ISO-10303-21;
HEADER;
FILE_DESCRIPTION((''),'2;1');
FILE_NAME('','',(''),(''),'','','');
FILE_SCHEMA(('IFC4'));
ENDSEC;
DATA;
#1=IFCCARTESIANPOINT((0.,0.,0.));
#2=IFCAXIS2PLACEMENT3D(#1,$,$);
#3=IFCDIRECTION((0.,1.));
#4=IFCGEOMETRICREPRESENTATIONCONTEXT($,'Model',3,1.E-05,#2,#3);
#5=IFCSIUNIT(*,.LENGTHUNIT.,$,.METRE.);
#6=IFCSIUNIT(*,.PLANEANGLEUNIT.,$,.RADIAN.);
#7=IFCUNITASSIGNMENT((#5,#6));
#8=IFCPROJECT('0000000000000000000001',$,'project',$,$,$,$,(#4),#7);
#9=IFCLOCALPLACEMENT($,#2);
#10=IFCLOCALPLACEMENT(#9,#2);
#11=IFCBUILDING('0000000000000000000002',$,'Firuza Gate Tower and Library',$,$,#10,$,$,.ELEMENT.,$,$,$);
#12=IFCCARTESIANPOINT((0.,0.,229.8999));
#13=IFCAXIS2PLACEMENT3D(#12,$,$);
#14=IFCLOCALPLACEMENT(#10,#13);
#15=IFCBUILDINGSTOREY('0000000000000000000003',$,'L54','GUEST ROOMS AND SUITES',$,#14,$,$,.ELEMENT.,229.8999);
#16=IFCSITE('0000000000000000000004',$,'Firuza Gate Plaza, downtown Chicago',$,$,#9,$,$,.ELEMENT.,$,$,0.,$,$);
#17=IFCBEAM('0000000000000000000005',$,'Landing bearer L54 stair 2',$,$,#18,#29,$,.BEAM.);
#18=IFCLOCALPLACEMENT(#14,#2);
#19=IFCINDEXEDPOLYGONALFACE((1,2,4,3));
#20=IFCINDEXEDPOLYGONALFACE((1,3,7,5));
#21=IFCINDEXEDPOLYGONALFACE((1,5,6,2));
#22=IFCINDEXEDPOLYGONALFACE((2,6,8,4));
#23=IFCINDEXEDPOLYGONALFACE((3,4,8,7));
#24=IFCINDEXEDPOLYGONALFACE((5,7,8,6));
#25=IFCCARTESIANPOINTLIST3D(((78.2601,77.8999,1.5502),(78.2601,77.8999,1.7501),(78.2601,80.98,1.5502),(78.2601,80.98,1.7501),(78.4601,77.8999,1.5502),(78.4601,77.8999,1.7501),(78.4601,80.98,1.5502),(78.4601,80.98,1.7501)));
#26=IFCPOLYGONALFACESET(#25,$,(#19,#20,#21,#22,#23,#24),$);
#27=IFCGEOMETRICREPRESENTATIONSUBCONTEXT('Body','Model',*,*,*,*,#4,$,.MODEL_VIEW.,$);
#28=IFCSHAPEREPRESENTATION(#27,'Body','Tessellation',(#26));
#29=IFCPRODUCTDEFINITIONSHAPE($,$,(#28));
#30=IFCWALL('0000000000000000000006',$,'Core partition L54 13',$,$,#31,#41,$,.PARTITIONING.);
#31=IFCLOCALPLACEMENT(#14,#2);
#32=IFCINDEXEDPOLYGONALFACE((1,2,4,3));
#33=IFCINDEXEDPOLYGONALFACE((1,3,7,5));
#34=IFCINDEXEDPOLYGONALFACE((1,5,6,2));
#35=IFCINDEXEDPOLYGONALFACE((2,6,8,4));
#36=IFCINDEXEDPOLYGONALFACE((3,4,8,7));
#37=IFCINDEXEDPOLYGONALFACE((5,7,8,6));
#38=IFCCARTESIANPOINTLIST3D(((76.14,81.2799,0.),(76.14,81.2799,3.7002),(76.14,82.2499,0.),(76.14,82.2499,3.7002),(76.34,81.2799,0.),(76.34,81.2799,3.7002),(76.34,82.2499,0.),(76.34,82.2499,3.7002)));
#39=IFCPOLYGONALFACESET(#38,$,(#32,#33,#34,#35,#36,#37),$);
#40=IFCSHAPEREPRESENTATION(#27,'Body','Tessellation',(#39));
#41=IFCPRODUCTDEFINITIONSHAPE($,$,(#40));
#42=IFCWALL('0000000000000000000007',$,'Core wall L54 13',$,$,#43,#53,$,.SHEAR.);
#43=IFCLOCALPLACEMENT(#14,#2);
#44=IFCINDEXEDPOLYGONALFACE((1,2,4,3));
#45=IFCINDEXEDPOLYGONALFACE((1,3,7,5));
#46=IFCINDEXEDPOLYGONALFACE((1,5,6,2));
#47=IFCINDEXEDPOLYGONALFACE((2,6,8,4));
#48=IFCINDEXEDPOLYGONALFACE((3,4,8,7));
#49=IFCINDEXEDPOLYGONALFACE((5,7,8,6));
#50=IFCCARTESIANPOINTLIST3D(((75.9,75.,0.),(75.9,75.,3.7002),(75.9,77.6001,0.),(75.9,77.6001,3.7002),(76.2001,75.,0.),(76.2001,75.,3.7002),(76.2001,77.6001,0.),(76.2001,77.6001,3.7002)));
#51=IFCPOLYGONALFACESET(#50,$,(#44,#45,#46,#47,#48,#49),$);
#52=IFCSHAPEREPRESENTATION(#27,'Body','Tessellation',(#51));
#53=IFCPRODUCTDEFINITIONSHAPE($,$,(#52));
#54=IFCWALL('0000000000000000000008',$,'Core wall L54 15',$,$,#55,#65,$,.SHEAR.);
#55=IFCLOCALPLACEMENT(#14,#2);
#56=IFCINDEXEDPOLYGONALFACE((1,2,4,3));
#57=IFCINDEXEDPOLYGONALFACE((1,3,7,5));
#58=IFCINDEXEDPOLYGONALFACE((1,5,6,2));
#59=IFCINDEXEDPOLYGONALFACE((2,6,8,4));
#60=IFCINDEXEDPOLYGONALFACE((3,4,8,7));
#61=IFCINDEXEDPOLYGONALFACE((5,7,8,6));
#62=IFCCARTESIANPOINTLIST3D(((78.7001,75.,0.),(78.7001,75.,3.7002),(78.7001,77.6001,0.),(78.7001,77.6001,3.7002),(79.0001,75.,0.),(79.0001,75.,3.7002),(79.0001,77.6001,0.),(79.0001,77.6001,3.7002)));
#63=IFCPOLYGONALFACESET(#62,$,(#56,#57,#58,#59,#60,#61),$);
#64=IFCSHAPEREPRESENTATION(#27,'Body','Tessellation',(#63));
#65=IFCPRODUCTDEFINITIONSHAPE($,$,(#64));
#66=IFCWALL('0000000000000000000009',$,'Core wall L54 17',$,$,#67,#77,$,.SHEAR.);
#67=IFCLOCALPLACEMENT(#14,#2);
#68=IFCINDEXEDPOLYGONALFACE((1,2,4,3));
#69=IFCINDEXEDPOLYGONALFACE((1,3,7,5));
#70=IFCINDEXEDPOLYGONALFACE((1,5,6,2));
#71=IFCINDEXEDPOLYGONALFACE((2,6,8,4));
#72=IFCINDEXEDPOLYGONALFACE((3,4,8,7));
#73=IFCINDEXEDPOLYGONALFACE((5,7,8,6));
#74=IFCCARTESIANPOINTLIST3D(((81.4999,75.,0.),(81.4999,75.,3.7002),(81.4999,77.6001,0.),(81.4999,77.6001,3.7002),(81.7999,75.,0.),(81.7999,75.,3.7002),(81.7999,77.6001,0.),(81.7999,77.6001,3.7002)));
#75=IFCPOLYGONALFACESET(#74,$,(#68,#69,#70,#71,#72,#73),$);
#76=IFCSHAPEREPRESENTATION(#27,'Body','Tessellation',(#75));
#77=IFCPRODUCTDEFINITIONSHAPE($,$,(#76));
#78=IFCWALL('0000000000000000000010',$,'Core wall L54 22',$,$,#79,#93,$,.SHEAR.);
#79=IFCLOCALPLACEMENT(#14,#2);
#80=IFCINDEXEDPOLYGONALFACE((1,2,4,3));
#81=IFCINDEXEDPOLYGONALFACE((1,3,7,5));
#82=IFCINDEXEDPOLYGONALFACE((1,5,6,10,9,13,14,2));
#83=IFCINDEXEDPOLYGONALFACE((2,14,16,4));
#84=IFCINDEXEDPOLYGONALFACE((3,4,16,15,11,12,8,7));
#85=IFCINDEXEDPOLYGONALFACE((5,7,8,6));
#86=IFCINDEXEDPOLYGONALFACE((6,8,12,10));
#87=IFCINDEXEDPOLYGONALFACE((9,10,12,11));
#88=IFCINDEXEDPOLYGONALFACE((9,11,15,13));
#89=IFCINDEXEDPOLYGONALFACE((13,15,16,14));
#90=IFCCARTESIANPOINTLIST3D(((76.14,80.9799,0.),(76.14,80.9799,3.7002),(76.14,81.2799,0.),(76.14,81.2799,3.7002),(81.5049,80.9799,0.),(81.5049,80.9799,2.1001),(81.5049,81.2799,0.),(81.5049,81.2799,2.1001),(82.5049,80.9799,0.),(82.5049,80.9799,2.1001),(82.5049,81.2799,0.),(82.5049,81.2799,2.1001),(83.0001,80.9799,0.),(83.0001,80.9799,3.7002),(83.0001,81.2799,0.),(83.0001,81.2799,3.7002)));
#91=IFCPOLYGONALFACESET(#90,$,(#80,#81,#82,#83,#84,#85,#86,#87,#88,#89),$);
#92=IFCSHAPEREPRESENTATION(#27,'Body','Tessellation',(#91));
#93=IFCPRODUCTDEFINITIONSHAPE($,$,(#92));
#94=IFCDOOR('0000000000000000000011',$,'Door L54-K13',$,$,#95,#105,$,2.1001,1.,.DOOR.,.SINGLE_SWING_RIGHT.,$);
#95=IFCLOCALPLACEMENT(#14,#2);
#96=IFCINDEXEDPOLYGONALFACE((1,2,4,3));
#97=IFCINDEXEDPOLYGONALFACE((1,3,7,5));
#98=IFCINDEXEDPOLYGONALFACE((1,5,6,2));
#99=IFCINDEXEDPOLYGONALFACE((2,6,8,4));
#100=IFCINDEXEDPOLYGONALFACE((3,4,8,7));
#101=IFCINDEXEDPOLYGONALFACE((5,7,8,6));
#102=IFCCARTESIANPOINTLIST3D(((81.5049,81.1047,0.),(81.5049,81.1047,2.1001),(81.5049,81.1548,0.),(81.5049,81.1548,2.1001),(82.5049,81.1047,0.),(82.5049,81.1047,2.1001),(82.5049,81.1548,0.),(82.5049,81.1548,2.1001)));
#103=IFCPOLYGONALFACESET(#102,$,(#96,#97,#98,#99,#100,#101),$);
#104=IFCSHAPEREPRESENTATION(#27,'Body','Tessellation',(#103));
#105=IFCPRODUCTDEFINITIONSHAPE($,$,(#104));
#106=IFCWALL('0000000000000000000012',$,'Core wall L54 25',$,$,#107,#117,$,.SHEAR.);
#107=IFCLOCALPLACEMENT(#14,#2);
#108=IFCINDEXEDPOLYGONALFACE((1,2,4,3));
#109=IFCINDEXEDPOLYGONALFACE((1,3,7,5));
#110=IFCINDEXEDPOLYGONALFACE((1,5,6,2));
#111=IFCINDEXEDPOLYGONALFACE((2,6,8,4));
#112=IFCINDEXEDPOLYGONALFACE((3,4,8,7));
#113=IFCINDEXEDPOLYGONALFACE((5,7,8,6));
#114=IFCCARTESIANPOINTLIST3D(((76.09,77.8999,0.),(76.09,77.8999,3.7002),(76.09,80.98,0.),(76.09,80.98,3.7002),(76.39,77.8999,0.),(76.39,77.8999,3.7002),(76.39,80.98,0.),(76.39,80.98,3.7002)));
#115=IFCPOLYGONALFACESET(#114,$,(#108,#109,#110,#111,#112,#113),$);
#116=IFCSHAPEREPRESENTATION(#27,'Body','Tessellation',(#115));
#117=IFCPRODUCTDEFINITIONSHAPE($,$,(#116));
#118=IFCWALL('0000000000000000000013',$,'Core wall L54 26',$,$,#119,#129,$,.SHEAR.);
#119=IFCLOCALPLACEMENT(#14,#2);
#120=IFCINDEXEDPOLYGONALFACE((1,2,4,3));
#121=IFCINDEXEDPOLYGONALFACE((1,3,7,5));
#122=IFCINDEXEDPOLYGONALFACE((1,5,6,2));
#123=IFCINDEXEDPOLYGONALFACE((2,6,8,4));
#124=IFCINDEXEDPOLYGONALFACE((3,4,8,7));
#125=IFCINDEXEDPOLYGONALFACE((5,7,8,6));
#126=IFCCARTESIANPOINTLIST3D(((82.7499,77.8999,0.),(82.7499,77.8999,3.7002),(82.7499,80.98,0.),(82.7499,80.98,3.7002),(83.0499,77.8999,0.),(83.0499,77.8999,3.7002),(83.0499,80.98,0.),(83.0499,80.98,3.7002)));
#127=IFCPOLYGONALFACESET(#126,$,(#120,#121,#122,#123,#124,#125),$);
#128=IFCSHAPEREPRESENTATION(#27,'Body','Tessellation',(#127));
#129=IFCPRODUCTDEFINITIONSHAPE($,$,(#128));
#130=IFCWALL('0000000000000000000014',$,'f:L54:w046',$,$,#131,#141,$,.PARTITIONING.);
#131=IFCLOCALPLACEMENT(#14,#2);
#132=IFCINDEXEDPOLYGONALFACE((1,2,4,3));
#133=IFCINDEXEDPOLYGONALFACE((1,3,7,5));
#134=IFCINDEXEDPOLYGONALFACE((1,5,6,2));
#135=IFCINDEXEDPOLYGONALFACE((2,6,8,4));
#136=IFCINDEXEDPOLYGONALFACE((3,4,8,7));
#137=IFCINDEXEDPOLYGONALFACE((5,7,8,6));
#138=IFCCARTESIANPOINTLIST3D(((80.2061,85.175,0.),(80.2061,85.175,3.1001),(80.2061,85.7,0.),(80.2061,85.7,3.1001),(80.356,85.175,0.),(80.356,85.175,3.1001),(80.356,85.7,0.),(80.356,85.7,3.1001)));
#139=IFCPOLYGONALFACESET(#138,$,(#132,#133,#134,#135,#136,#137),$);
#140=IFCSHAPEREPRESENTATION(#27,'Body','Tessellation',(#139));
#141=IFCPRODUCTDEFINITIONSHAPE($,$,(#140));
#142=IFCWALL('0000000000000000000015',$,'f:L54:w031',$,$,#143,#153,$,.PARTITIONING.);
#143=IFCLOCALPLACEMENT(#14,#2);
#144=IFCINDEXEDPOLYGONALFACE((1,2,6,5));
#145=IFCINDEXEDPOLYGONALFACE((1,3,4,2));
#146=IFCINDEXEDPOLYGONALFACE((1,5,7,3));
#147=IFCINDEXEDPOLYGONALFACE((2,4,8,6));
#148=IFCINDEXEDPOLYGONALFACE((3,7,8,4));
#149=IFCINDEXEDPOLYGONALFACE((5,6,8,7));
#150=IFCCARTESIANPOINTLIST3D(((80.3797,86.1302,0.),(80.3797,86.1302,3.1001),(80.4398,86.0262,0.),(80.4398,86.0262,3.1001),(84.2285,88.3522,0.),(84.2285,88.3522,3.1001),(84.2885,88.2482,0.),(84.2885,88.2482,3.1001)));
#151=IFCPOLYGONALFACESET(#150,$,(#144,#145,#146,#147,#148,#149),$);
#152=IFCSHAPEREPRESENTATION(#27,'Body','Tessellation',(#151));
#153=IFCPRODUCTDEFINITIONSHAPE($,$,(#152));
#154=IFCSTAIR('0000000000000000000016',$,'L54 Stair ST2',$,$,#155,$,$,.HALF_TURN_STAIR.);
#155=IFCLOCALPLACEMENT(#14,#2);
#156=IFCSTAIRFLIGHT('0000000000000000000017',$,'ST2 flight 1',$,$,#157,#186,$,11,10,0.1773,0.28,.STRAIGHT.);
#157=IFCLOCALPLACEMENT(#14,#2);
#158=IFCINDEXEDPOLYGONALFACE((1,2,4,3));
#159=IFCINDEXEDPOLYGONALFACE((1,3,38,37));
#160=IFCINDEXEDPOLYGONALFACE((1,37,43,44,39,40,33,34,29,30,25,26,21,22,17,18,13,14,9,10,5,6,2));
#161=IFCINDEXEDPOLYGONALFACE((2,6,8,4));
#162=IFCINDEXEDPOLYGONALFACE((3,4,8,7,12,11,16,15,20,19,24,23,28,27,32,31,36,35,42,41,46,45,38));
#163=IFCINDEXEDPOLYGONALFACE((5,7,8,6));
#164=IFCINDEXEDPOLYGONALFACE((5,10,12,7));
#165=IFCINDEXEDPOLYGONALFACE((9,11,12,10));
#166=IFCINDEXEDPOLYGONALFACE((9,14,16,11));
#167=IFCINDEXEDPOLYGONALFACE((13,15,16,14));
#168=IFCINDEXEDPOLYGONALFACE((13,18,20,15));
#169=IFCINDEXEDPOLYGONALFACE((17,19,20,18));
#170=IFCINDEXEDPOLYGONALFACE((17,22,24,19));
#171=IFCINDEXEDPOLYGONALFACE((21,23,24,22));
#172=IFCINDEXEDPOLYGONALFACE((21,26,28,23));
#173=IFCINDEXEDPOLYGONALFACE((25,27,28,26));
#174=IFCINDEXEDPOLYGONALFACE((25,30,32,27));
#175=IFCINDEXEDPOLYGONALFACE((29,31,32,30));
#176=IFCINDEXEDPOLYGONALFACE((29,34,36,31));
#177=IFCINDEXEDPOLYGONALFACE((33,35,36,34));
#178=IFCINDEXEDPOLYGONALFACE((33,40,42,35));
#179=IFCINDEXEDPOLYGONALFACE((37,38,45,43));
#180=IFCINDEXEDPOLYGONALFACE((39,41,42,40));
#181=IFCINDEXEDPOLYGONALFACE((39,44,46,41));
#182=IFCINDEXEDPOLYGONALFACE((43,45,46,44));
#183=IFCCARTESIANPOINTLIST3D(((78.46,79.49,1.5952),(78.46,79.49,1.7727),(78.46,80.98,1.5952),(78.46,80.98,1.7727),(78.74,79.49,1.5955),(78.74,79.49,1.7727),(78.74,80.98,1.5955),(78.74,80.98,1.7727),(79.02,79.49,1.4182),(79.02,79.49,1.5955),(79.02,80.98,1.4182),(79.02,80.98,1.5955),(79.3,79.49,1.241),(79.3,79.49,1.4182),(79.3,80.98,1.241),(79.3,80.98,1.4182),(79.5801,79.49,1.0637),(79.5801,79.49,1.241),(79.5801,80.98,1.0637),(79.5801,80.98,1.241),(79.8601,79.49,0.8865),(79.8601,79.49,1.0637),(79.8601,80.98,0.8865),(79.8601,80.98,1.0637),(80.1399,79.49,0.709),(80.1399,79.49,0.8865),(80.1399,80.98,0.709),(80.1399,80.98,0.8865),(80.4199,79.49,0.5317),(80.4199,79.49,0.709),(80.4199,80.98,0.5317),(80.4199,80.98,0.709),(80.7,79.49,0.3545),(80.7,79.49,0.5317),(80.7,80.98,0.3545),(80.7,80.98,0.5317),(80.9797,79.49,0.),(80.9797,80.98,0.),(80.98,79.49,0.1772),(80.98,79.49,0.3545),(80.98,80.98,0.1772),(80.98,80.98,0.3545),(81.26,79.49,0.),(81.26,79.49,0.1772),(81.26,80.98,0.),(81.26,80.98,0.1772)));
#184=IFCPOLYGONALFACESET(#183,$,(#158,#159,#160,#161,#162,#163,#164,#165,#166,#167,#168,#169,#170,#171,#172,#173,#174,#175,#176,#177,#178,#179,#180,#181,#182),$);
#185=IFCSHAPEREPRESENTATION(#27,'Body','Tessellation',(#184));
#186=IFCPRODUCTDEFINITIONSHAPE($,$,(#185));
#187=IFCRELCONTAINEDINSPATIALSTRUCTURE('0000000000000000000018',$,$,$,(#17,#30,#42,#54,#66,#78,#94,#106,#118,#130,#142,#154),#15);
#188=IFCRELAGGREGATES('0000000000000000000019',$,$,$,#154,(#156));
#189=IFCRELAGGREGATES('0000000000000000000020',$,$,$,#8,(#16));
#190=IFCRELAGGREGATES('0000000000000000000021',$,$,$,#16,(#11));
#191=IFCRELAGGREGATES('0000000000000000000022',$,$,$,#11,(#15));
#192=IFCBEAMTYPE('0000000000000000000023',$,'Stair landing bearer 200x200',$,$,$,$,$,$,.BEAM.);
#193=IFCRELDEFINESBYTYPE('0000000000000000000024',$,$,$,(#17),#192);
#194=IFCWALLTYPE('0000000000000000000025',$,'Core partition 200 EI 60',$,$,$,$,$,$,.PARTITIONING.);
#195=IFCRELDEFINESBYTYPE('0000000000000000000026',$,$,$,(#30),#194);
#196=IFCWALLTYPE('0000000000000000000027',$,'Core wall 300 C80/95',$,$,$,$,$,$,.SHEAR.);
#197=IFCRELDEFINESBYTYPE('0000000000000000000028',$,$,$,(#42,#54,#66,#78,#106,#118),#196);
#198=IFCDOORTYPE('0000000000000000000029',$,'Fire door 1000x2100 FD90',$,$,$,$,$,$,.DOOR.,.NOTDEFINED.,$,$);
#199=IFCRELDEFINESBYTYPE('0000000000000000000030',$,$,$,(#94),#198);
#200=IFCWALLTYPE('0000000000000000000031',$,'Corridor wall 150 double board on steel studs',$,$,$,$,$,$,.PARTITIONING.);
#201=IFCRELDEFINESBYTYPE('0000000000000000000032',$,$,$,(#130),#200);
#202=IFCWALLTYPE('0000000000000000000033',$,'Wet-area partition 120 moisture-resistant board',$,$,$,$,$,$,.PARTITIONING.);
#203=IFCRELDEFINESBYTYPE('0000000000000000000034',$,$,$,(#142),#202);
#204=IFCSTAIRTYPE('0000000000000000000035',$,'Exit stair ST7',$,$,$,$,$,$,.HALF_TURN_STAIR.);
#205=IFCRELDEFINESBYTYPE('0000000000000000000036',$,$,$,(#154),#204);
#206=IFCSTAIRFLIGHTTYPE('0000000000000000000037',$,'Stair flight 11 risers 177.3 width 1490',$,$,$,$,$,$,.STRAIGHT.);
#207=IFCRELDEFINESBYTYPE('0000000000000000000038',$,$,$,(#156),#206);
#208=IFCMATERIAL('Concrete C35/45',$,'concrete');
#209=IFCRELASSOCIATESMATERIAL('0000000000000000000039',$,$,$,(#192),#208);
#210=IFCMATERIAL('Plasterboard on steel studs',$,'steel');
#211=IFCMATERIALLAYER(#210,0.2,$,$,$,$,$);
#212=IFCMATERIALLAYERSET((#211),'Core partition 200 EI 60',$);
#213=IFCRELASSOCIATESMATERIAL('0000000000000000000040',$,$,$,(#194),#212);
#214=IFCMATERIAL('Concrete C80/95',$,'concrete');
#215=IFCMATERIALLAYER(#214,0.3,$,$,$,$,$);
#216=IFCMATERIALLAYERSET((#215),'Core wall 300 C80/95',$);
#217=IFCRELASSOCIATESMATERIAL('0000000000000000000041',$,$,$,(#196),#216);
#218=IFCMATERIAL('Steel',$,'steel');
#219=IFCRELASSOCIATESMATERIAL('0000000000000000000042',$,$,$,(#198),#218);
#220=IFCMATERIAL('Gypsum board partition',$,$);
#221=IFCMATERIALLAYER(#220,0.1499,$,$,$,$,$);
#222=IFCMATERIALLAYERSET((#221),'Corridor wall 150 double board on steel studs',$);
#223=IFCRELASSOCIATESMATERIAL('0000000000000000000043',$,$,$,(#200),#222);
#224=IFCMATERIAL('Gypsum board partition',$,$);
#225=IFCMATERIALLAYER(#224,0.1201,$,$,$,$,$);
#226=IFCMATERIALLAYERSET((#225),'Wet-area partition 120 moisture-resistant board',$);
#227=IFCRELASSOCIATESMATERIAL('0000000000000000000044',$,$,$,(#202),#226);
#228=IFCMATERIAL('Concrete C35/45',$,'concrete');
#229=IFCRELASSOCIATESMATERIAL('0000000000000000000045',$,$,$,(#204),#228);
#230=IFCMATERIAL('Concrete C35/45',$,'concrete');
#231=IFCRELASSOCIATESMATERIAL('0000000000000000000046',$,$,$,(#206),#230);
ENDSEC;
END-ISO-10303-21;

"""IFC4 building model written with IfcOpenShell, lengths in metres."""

from ifc_helpers import new_model, si_unit, direction, frame, frame_2d, origin, origin_2d, place, context, subcontext, project, spatial, polyline, rectangle, outline, extrude, material, layer, layer_set, material_profile, profile_set, type_object, element, fill, aggregate, save


model = new_model("IFC4")

# Units and contexts
model_context = context("Model", 3, precision=1e-05, world=origin(), true_north=direction((0.0, 1.0)))
body_context = subcontext(model_context, "Body", "Model", "MODEL_VIEW")
ifc_project = project(units=[si_unit("LENGTHUNIT", "METRE"), si_unit("PLANEANGLEUNIT", "RADIAN")], contexts=[model_context])

# Site, building, storey
site_placement = place(None, origin())
site = spatial("IfcSite", under=ifc_project, at=site_placement, Name="Firuza Gate Plaza, downtown Chicago", CompositionType="ELEMENT", RefElevation=0.0)
building_placement = place(site_placement, origin())
building = spatial("IfcBuilding", under=site, at=building_placement, Name="Firuza Gate Tower and Library", CompositionType="ELEMENT")
storey_placement = place(building_placement, frame((0.0, 0.0, 229.8999)))
storey = spatial("IfcBuildingStorey", under=building, at=storey_placement, Name="L54", Description="GUEST ROOMS AND SUITES", CompositionType="ELEMENT", Elevation=229.8999)

# Beam
ifc_material_1 = material(Name="Concrete C35/45", Category="concrete")
ifc_material_profile = material_profile(ifc_material_1, rectangle(XDim=0.2, YDim=0.2, at=origin_2d()))
ifc_profile_set = profile_set([ifc_material_profile], Name="Concrete C35/45")
beam_type = type_object("IfcBeamType", Name="Stair landing bearer 200x200", PredefinedType="BEAM", material=ifc_profile_set)
beam_placement = place(storey_placement, frame((78.3601, 80.98, 1.6501), z_axis=(0.0, -1.0, 0.0), x_axis=(1.0, 0.0, 0.0)))
element("IfcBeam", 1, at=beam_placement, inside=storey, type_object=beam_type, Name="Landing bearer L54 stair 2", PredefinedType="BEAM", context=body_context, shape_type="SweptSolid", body=[
    extrude(rectangle(XDim=0.2, YDim=0.2, at=origin_2d()), origin(), (0.0, 0.0, 1.0), 3.0801),
])

# Walls
ifc_material_2 = material(Name="Plasterboard on steel studs", Category="steel")
ifc_layer_1 = layer(ifc_material_2, 0.2)
ifc_layer_set_1 = layer_set([ifc_layer_1], Name="Core partition 200 EI 60")
wall_type_1 = type_object("IfcWallType", Name="Core partition 200 EI 60", PredefinedType="PARTITIONING", material=ifc_layer_set_1)
wall_1_placement = place(storey_placement, frame((76.24, 81.28, 0.0), z_axis=(0.0, 0.0, 1.0), x_axis=(0.0, 1.0, 0.0)))
element("IfcWall", 2, at=wall_1_placement, inside=storey, type_object=wall_type_1, Name="Core partition L54 13", PredefinedType="PARTITIONING", context=body_context, shape_type="SweptSolid", body=[
    extrude(rectangle(XDim=0.97, YDim=0.2, at=frame_2d((0.4849, 0.0))), origin(), (0.0, 0.0, 1.0), 3.7002),
])
ifc_material_3 = material(Name="Concrete C80/95", Category="concrete")
ifc_layer_2 = layer(ifc_material_3, 0.3)
ifc_layer_set_2 = layer_set([ifc_layer_2], Name="Core wall 300 C80/95")
wall_type_2 = type_object("IfcWallType", Name="Core wall 300 C80/95", PredefinedType="SHEAR", material=ifc_layer_set_2)
for number, where, z_axis, x_axis, name in (
    (3, (76.05, 75.0, 0.0), (0.0, 0.0, 1.0), (0.0, 1.0, 0.0), "Core wall L54 13"),
    (4, (78.8501, 75.0, 0.0), (0.0, 0.0, 1.0), (0.0, 1.0, 0.0), "Core wall L54 15"),
    (5, (81.6499, 75.0, 0.0), (0.0, 0.0, 1.0), (0.0, 1.0, 0.0), "Core wall L54 17"),
):
    element("IfcWall", number, at=place(storey_placement, frame(where, z_axis=z_axis, x_axis=x_axis)), inside=storey, type_object=wall_type_2, Name=name, PredefinedType="SHEAR", context=body_context, shape_type="SweptSolid", body=[
        extrude(rectangle(XDim=2.6001, YDim=0.3, at=frame_2d((1.3, 0.0))), origin(), (0.0, 0.0, 1.0), 3.7002),
    ])

# Wall, opening, door
wall_2_placement = place(storey_placement, frame((76.1399, 81.1299, 0.0), z_axis=(0.0, 0.0, 1.0), x_axis=(1.0, 0.0, 0.0)))
wall_2 = element("IfcWall", 6, at=wall_2_placement, inside=storey, type_object=wall_type_2, Name="Core wall L54 22", PredefinedType="SHEAR", context=body_context, shape_type="SweptSolid", body=[
    extrude(rectangle(XDim=6.8601, YDim=0.3, at=frame_2d((3.4302, 0.0))), origin(), (0.0, 0.0, 1.0), 3.7002),
])
opening_placement = place(wall_2_placement, frame((5.365, 0.0, 0.0)))
opening = element("IfcOpeningElement", 7, at=opening_placement, cuts=wall_2, PredefinedType="OPENING", context=body_context, shape_type="SweptSolid", body=[
    extrude(rectangle(XDim=1.0, YDim=2.1001, at=frame_2d((0.5, 1.05))), frame((0.0, 0.1602, 0.0), z_axis=(0.0, -1.0, 0.0), x_axis=(1.0, 0.0, 0.0)), (0.0, 0.0, 1.0), 0.3201),
])
ifc_material_4 = material(Name="Steel", Category="steel")
door_type = type_object("IfcDoorType", Name="Fire door 1000x2100 FD90", OperationType="NOTDEFINED", PredefinedType="DOOR", material=ifc_material_4)
door_placement = place(opening_placement, origin())
door = element("IfcDoor", 8, at=door_placement, inside=storey, type_object=door_type, Name="Door L54-K13", OperationType="SINGLE_SWING_RIGHT", OverallHeight=2.1001, OverallWidth=1.0, PredefinedType="DOOR", context=body_context, shape_type="SweptSolid", body=[
    extrude(rectangle(XDim=1.0, YDim=2.1001, at=frame_2d((0.5, 1.05))), frame((0.0, 0.0249, 0.0), z_axis=(0.0, -1.0, 0.0), x_axis=(1.0, 0.0, 0.0)), (0.0, 0.0, 1.0), 0.05),
])
fill(opening, door)

# Walls
for number, where, z_axis, x_axis, name in (
    (9, (76.24, 77.8999, 0.0), (0.0, 0.0, 1.0), (0.0, 1.0, 0.0), "Core wall L54 25"),
    (10, (82.8999, 77.8999, 0.0), (0.0, 0.0, 1.0), (0.0, 1.0, 0.0), "Core wall L54 26"),
):
    element("IfcWall", number, at=place(storey_placement, frame(where, z_axis=z_axis, x_axis=x_axis)), inside=storey, type_object=wall_type_2, Name=name, PredefinedType="SHEAR", context=body_context, shape_type="SweptSolid", body=[
        extrude(rectangle(XDim=3.0801, YDim=0.3, at=frame_2d((1.54, 0.0))), origin(), (0.0, 0.0, 1.0), 3.7002),
    ])
ifc_material_5 = material(Name="Gypsum board partition")
ifc_layer_3 = layer(ifc_material_5, 0.1499)
ifc_layer_set_3 = layer_set([ifc_layer_3], Name="Corridor wall 150 double board on steel studs")
wall_type_3 = type_object("IfcWallType", Name="Corridor wall 150 double board on steel studs", PredefinedType="PARTITIONING", material=ifc_layer_set_3)
wall_3_placement = place(storey_placement, frame((80.281, 85.175, 0.0), z_axis=(0.0, 0.0, 1.0), x_axis=(0.0, 1.0, 0.0)))
element("IfcWall", 11, at=wall_3_placement, inside=storey, type_object=wall_type_3, Name="f:L54:w046", PredefinedType="PARTITIONING", context=body_context, shape_type="SweptSolid", body=[
    extrude(rectangle(XDim=0.5249, YDim=0.1499, at=frame_2d((0.2625, 0.0))), origin(), (0.0, 0.0, 1.0), 3.1001),
])
ifc_material_6 = material(Name="Gypsum board partition")
ifc_layer_4 = layer(ifc_material_6, 0.1201)
ifc_layer_set_4 = layer_set([ifc_layer_4], Name="Wet-area partition 120 moisture-resistant board")
wall_type_4 = type_object("IfcWallType", Name="Wet-area partition 120 moisture-resistant board", PredefinedType="PARTITIONING", material=ifc_layer_set_4)
wall_4_placement = place(storey_placement, frame((80.4097, 86.0781, 0.0), z_axis=(0.0, 0.0, 1.0), x_axis=(0.866034, 0.499986, 0.0)))
element("IfcWall", 12, at=wall_4_placement, inside=storey, type_object=wall_type_4, Name="f:L54:w031", PredefinedType="PARTITIONING", context=body_context, shape_type="SweptSolid", body=[
    extrude(rectangle(XDim=4.4441, YDim=0.1201, at=frame_2d((2.2222, 0.0))), origin(), (0.0, 0.0, 1.0), 3.1001),
])

# Stair, stair flight
ifc_material_7 = material(Name="Concrete C35/45", Category="concrete")
stair_type = type_object("IfcStairType", Name="Exit stair ST7", PredefinedType="HALF_TURN_STAIR", material=ifc_material_7)
stair_placement = place(storey_placement, origin())
stair = element("IfcStair", 13, at=stair_placement, inside=storey, type_object=stair_type, Name="L54 Stair ST2", PredefinedType="HALF_TURN_STAIR")
ifc_material_8 = material(Name="Concrete C35/45", Category="concrete")
stair_flight_type = type_object("IfcStairFlightType", Name="Stair flight 11 risers 177.3 width 1490", PredefinedType="STRAIGHT", material=ifc_material_8)
stair_flight_1_placement = place(storey_placement, frame((81.26, 80.2351, 0.0), z_axis=(0.0, 0.0, 1.0), x_axis=(-1.0, 0.0, 0.0)))
stair_flight_1 = element("IfcStairFlight", 14, at=stair_flight_1_placement, type_object=stair_flight_type, Name="ST2 flight 1", NumberOfRisers=11, NumberOfTreads=10, PredefinedType="STRAIGHT", RiserHeight=0.1773, TreadLength=0.28, context=body_context, shape_type="SweptSolid", body=[
    extrude(outline(polyline([(0.0, 0.0), (0.0, 0.1772), (0.28, 0.1772), (0.28, 0.3545), (0.5601, 0.3545), (0.5601, 0.5317), (0.8401, 0.5317), (0.8401, 0.709), (1.1201, 0.709), (1.1201, 0.8865), (1.3999, 0.8865), (1.3999, 1.0637), (1.6799, 1.0637), (1.6799, 1.241), (1.96, 1.241), (1.96, 1.4182), (2.24, 1.4182), (2.24, 1.5955), (2.52, 1.5955), (2.52, 1.7727), (2.8, 1.7727), (2.8, 1.95), (2.8, 1.5952), (0.2803, 0.0), (0.0, 0.0)])), frame((0.0, 0.7451, 0.0), z_axis=(0.0, -1.0, 0.0), x_axis=(1.0, 0.0, 0.0)), (0.0, 0.0, 1.0), 1.49),
])
aggregate(stair, [stair_flight_1])

save(model, "model.ifc")
